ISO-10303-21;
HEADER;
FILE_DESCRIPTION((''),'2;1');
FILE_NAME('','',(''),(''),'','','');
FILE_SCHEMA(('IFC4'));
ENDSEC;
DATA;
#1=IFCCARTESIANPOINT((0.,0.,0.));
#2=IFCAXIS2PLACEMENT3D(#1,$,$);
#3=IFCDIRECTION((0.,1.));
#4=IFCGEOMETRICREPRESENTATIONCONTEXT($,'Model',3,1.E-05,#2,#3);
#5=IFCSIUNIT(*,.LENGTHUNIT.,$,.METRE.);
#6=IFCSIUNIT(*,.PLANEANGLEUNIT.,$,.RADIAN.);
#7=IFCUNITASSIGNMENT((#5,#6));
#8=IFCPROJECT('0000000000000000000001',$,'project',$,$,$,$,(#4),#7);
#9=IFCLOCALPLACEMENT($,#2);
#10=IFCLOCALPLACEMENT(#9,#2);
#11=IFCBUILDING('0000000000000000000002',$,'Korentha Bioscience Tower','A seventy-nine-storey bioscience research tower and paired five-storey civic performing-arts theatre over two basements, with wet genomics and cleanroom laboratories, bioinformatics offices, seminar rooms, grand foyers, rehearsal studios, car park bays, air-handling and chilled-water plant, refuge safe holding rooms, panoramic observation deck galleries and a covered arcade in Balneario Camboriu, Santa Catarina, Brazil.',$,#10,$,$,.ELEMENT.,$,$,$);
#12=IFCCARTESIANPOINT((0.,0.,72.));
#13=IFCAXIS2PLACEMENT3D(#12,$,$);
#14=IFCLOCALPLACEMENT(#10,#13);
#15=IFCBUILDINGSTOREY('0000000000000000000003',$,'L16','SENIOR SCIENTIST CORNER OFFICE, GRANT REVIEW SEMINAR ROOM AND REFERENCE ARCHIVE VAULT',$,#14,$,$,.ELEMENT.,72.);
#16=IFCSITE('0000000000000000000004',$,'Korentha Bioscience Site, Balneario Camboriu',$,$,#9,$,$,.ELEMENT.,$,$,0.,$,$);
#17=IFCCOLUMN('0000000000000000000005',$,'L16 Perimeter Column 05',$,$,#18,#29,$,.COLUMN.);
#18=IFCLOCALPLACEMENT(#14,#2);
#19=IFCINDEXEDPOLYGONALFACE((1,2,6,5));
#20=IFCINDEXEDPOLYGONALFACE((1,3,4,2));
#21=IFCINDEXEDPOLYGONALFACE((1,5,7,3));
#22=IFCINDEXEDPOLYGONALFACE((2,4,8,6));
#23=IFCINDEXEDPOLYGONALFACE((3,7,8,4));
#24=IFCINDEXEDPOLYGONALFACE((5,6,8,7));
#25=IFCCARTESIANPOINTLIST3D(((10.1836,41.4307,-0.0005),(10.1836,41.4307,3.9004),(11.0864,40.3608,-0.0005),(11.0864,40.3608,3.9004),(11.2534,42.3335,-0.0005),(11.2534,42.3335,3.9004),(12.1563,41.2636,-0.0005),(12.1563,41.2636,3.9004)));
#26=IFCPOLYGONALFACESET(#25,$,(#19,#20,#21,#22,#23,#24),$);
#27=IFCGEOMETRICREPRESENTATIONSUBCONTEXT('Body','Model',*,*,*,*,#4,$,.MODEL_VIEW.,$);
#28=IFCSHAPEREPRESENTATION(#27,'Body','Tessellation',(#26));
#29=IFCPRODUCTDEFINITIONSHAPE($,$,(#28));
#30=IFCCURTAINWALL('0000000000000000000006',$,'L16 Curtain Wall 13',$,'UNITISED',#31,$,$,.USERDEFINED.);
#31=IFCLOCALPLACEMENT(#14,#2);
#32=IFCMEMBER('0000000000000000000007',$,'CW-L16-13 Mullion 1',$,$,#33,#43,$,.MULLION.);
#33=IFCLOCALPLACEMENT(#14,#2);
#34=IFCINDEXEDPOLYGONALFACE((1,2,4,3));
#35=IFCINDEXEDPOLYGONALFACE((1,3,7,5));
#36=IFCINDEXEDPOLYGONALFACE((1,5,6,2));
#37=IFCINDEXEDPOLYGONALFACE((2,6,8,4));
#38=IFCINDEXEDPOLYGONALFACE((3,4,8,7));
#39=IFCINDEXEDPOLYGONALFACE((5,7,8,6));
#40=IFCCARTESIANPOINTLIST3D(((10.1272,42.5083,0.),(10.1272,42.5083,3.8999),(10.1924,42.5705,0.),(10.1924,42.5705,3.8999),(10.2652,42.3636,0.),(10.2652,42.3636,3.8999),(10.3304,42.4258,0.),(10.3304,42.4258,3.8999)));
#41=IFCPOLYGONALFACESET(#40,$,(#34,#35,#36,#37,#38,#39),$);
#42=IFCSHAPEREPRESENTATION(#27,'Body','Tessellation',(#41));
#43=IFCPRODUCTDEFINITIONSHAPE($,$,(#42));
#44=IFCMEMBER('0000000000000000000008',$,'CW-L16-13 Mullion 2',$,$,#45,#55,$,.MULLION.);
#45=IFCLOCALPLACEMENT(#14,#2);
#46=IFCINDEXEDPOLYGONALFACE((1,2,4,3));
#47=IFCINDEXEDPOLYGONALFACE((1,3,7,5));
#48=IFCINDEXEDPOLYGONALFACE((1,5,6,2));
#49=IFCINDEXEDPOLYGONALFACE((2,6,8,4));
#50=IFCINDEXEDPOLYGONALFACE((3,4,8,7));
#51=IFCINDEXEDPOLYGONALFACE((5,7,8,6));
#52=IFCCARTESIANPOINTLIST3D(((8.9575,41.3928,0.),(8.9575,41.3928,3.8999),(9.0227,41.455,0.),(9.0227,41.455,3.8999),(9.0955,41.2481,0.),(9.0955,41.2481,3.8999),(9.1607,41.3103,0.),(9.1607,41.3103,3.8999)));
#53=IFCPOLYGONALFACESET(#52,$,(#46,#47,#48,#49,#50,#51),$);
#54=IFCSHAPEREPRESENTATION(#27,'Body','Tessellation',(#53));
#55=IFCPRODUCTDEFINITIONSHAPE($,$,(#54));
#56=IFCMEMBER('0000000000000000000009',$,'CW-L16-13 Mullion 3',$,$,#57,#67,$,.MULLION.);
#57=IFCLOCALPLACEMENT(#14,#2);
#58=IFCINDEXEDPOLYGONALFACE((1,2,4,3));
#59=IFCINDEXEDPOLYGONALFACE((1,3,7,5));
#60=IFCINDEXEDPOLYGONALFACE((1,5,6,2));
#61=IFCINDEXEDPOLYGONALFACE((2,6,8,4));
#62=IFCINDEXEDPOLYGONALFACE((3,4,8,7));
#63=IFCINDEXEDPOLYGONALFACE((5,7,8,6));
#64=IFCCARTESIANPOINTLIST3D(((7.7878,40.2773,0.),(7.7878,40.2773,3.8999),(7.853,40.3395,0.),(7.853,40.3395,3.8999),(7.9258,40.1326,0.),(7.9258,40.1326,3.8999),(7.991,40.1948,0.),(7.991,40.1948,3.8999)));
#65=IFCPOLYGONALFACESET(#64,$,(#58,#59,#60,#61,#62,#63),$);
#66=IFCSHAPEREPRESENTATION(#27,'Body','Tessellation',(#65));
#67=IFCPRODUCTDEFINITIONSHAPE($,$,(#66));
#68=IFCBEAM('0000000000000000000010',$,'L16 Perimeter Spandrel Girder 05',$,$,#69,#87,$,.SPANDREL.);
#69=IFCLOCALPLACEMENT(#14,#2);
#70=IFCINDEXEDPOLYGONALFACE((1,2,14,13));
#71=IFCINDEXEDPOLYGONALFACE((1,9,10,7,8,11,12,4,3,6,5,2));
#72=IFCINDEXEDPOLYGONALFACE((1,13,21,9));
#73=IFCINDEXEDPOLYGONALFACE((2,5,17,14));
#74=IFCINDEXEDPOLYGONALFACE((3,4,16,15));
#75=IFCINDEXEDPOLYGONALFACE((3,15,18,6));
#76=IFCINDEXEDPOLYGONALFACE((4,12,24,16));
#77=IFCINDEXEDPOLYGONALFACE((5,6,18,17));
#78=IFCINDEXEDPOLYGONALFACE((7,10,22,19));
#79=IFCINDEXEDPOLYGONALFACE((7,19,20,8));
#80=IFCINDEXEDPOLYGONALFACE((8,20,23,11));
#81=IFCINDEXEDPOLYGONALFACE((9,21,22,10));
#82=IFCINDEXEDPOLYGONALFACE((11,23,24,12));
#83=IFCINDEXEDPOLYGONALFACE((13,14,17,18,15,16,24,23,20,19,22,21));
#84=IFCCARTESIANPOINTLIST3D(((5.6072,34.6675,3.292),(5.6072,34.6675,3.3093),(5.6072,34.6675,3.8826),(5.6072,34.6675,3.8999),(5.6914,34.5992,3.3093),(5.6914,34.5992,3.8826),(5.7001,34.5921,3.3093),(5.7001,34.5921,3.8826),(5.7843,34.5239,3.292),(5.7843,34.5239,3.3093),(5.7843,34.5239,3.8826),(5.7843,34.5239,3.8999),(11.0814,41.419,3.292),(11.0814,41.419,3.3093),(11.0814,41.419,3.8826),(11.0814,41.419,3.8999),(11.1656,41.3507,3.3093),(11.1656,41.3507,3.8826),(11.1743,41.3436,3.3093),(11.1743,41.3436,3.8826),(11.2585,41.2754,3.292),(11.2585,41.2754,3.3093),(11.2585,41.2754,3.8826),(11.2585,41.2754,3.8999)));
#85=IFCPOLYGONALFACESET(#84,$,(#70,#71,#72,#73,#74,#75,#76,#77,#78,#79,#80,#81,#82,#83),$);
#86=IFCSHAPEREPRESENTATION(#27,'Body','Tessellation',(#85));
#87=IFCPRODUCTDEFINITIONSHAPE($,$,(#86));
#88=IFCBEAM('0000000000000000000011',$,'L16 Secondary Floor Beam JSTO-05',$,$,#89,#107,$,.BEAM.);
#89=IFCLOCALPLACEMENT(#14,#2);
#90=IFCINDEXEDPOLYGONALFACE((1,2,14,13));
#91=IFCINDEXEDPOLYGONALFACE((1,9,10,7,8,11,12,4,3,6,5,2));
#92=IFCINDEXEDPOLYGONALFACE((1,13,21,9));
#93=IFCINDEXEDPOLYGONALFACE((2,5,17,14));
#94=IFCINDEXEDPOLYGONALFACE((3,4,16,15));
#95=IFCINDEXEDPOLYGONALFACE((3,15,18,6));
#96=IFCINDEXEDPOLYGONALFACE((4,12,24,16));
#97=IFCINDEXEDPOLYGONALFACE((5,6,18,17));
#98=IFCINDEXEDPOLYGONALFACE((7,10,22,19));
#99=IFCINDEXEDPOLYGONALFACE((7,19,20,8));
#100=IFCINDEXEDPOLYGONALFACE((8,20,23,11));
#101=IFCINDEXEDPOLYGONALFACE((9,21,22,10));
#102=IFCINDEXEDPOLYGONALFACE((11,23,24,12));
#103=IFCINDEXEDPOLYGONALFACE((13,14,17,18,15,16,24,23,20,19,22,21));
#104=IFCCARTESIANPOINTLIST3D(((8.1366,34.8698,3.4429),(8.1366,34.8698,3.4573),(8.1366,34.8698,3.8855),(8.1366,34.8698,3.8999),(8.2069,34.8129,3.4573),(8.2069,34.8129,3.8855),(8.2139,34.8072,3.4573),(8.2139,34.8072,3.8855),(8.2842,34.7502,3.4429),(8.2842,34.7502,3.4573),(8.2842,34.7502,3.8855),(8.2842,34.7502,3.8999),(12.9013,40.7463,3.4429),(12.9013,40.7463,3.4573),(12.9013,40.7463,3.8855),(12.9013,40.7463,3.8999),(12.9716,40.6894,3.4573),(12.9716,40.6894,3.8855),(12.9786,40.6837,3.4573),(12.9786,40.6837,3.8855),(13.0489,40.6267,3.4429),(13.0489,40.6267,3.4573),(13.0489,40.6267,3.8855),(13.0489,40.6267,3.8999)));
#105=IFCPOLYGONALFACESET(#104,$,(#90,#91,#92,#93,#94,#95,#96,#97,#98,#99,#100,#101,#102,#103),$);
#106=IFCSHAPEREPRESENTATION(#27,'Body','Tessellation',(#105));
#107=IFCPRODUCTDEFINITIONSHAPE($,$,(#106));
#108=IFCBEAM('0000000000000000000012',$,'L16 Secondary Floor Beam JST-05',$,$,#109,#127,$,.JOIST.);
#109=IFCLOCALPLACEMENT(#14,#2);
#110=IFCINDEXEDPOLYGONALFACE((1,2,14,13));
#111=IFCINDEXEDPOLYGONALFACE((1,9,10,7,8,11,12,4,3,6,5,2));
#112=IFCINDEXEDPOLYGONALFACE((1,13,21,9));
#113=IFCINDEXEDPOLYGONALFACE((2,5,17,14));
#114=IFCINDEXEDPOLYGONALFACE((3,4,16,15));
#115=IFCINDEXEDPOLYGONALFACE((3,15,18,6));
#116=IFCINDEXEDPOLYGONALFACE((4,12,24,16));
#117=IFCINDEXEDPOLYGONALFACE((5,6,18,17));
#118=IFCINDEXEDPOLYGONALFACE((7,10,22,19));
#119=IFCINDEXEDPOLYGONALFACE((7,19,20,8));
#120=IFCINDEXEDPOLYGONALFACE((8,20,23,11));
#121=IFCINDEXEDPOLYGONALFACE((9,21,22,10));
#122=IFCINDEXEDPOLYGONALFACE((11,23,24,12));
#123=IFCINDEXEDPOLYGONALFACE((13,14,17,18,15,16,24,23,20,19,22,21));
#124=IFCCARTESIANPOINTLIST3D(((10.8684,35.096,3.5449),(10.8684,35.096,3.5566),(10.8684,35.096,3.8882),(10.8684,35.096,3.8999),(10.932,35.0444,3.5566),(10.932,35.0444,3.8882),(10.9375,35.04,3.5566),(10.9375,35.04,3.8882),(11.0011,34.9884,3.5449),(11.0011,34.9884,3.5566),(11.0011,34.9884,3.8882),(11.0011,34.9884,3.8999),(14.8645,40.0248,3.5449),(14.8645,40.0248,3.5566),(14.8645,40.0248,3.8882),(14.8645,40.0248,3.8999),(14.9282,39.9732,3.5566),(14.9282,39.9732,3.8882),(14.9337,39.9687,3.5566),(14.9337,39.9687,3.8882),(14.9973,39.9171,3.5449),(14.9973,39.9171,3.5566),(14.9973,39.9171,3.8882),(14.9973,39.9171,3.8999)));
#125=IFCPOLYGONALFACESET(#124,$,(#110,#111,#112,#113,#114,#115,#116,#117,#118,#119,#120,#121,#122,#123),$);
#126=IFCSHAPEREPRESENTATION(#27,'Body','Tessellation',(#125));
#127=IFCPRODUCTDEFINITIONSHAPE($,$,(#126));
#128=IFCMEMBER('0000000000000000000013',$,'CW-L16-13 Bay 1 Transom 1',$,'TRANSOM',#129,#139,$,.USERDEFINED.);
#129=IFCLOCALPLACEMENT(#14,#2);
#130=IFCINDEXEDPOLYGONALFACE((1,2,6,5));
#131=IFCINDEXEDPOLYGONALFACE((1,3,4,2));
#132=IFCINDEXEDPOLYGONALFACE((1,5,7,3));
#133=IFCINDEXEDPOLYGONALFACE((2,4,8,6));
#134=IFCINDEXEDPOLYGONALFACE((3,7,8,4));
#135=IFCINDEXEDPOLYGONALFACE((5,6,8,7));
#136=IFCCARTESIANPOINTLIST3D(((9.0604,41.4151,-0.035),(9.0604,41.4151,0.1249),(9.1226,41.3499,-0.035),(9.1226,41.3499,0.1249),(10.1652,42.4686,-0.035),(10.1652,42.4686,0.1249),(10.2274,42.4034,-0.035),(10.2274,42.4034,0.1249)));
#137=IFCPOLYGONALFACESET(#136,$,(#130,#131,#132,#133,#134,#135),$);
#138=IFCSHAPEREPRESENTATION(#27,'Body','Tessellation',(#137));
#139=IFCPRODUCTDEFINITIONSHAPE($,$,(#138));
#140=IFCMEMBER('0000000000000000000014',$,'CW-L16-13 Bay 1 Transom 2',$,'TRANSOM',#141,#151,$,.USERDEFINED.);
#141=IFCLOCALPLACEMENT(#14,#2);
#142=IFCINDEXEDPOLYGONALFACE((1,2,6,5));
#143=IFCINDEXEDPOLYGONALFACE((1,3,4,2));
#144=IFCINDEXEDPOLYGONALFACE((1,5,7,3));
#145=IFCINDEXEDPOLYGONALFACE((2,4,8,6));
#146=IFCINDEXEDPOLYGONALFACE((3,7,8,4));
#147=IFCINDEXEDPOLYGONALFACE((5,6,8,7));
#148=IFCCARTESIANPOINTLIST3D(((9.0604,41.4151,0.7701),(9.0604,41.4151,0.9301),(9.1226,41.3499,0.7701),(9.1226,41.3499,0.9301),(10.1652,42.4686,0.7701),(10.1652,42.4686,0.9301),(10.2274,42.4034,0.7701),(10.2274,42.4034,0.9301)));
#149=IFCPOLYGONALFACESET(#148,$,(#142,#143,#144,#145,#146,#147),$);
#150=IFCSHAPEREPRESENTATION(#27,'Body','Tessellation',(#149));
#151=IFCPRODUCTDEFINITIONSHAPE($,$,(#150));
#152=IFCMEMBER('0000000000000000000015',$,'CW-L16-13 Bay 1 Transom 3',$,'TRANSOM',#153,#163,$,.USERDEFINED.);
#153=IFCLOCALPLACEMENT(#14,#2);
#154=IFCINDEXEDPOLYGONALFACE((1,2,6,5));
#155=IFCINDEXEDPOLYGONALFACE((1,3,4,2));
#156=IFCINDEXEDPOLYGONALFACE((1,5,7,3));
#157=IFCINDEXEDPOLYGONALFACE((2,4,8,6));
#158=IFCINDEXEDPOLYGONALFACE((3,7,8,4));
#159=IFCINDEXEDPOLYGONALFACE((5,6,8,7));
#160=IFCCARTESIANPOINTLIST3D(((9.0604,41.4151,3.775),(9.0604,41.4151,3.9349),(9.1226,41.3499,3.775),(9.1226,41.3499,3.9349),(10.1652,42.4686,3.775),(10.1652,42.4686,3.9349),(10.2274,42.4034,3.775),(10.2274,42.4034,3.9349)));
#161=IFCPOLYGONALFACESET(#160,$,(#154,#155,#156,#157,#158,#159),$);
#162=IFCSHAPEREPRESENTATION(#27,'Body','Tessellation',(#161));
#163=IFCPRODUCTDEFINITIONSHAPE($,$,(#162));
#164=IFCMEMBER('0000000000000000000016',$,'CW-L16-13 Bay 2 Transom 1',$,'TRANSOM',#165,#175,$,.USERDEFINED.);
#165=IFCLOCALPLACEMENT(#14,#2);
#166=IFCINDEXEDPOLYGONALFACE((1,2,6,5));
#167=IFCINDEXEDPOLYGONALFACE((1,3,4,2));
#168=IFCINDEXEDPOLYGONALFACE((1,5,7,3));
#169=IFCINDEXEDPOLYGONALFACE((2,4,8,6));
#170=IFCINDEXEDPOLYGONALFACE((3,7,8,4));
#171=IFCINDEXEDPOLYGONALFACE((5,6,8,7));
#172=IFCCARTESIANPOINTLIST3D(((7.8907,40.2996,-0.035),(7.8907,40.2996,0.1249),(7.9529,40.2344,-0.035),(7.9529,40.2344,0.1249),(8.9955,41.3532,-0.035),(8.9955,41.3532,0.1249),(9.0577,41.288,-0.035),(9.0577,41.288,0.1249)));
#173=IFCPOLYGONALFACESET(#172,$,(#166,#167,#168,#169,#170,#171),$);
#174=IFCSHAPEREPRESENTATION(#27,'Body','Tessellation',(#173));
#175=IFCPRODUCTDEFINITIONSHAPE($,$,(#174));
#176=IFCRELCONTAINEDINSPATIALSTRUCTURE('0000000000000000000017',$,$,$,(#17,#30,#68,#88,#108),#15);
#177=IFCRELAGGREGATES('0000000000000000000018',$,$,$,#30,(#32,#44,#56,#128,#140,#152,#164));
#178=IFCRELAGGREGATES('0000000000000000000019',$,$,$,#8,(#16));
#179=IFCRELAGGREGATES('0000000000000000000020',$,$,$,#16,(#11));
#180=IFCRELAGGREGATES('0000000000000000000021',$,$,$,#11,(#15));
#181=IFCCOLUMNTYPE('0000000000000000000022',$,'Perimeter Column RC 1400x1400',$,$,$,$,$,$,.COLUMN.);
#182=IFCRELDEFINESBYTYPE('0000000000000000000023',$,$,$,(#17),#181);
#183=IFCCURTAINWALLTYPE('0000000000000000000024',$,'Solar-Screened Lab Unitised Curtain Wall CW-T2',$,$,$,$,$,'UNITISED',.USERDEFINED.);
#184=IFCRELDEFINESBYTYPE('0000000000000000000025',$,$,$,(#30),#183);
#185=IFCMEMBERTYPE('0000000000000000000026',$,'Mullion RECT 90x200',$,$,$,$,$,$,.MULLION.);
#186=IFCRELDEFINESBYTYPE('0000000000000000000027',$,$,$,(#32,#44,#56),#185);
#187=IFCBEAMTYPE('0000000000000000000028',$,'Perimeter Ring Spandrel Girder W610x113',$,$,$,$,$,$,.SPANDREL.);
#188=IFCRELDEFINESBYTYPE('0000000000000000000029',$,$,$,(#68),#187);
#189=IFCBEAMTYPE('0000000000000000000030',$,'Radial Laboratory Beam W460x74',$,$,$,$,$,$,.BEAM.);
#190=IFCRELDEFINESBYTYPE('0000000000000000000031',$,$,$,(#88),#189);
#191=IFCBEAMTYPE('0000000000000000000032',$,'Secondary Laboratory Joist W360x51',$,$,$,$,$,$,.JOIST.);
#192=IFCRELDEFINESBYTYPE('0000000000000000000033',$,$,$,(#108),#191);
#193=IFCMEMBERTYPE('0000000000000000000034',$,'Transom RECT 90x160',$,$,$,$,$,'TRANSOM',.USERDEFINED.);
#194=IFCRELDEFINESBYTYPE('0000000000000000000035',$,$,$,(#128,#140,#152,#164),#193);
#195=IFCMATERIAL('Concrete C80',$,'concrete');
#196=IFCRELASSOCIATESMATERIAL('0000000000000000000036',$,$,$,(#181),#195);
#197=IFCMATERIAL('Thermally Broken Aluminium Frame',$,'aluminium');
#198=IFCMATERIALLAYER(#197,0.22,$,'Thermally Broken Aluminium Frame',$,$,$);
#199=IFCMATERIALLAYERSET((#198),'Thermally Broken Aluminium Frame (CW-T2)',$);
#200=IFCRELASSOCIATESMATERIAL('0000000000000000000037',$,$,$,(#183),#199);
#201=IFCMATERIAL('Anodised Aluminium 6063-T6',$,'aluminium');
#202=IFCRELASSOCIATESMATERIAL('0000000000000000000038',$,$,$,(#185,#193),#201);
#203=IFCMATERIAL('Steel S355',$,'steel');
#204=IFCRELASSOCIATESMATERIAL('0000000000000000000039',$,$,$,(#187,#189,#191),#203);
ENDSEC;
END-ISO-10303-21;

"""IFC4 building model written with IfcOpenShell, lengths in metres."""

from ifc_helpers import new_model, si_unit, direction, frame, origin, origin_2d, place, context, subcontext, project, spatial, rectangle, i_section, extrude, material, layer, layer_set, material_profile, profile_set, type_object, element, aggregate, save


model = new_model("IFC4")

# Units and contexts
model_context = context("Model", 3, precision=1e-05, world=origin(), true_north=direction((0.0, 1.0)))
body_context = subcontext(model_context, "Body", "Model", "MODEL_VIEW")
ifc_project = project(units=[si_unit("LENGTHUNIT", "METRE"), si_unit("PLANEANGLEUNIT", "RADIAN")], contexts=[model_context])

# Site, building, storey
site_placement = place(None, origin())
site = spatial("IfcSite", under=ifc_project, at=site_placement, Name="Korentha Bioscience Site, Balneario Camboriu", CompositionType="ELEMENT", RefElevation=0.0)
building_placement = place(site_placement, origin())
building = spatial("IfcBuilding", under=site, at=building_placement, Name="Korentha Bioscience Tower", Description="A seventy-nine-storey bioscience research tower and paired five-storey civic performing-arts theatre over two basements, with wet genomics and cleanroom laboratories, bioinformatics offices, seminar rooms, grand foyers, rehearsal studios, car park bays, air-handling and chilled-water plant, refuge safe holding rooms, panoramic observation deck galleries and a covered arcade in Balneario Camboriu, Santa Catarina, Brazil.", CompositionType="ELEMENT")
storey_placement = place(building_placement, frame((0.0, 0.0, 72.0)))
storey = spatial("IfcBuildingStorey", under=building, at=storey_placement, Name="L16", Description="SENIOR SCIENTIST CORNER OFFICE, GRANT REVIEW SEMINAR ROOM AND REFERENCE ARCHIVE VAULT", CompositionType="ELEMENT", Elevation=72.0)

# Column
ifc_material_1 = material(Name="Concrete C80", Category="concrete")
ifc_material_profile_1 = material_profile(ifc_material_1, rectangle(XDim=1.3999, YDim=1.3999, at=origin_2d()), Name="Concrete C80")
ifc_profile_set_1 = profile_set([ifc_material_profile_1], Name="Concrete C80 (COL-P14)")
column_type = type_object("IfcColumnType", Name="Perimeter Column RC 1400x1400", PredefinedType="COLUMN", material=ifc_profile_set_1)
column_placement = place(storey_placement, frame((11.1699, 41.3472, -0.0005), z_axis=(0.0, 0.0, 1.0), x_axis=(0.764246, 0.644924, 0.0)))
element("IfcColumn", 1, at=column_placement, inside=storey, type_object=column_type, Name="L16 Perimeter Column 05", PredefinedType="COLUMN", context=body_context, shape_type="SweptSolid", body=[
    extrude(rectangle(XDim=1.3999, YDim=1.3999, at=origin_2d()), origin(), (0.0, 0.0, 1.0), 3.9009),
])

# Curtain wall, members
ifc_material_2 = material(Name="Thermally Broken Aluminium Frame", Category="aluminium")
ifc_layer_1 = layer(ifc_material_2, 0.22, Name="Thermally Broken Aluminium Frame")
ifc_layer_set_1 = layer_set([ifc_layer_1], Name="Thermally Broken Aluminium Frame (CW-T2)")
curtain_wall_type = type_object("IfcCurtainWallType", Name="Solar-Screened Lab Unitised Curtain Wall CW-T2", ElementType="UNITISED", PredefinedType="USERDEFINED", material=ifc_layer_set_1)
curtain_wall_placement = place(storey_placement, origin())
curtain_wall = element("IfcCurtainWall", 2, at=curtain_wall_placement, inside=storey, type_object=curtain_wall_type, Name="L16 Curtain Wall 13", ObjectType="UNITISED", PredefinedType="USERDEFINED")
ifc_material_3 = material(Name="Anodised Aluminium 6063-T6", Category="aluminium")
ifc_material_profile_2 = material_profile(ifc_material_3, rectangle(XDim=0.0901, YDim=0.2, at=origin_2d()), Name="Anodised Aluminium 6063-T6")
ifc_profile_set_2 = profile_set([ifc_material_profile_2], Name="Anodised Aluminium 6063-T6 (CW-MUL)")
member_type_1 = type_object("IfcMemberType", Name="Mullion RECT 90x200", PredefinedType="MULLION", material=ifc_profile_set_2)
member_1_placement = place(storey_placement, frame((10.2288, 42.467, 0.0), z_axis=(0.0, 0.0, 1.0), x_axis=(-0.723642, -0.690176, 0.0)))
member_1 = element("IfcMember", 3, at=member_1_placement, type_object=member_type_1, Name="CW-L16-13 Mullion 1", PredefinedType="MULLION", context=body_context, shape_type="SweptSolid", body=[
    extrude(rectangle(XDim=0.0901, YDim=0.2, at=origin_2d()), origin(), (0.0, 0.0, 1.0), 3.8999),
])
member_2_placement = place(storey_placement, frame((9.0591, 41.3516, 0.0), z_axis=(0.0, 0.0, 1.0), x_axis=(-0.723642, -0.690176, 0.0)))
member_2 = element("IfcMember", 4, at=member_2_placement, type_object=member_type_1, Name="CW-L16-13 Mullion 2", PredefinedType="MULLION", context=body_context, shape_type="SweptSolid", body=[
    extrude(rectangle(XDim=0.0901, YDim=0.2, at=origin_2d()), origin(), (0.0, 0.0, 1.0), 3.8999),
])
member_3_placement = place(storey_placement, frame((7.8894, 40.2361, 0.0), z_axis=(0.0, 0.0, 1.0), x_axis=(-0.723642, -0.690176, 0.0)))
member_3 = element("IfcMember", 5, at=member_3_placement, type_object=member_type_1, Name="CW-L16-13 Mullion 3", PredefinedType="MULLION", context=body_context, shape_type="SweptSolid", body=[
    extrude(rectangle(XDim=0.0901, YDim=0.2, at=origin_2d()), origin(), (0.0, 0.0, 1.0), 3.8999),
])

# Beams
ifc_material_4 = material(Name="Steel S355", Category="steel")
ifc_material_profile_3 = material_profile(ifc_material_4, i_section(OverallWidth=0.228, OverallDepth=0.6079, WebThickness=0.0112, FlangeThickness=0.0173, at=origin_2d()), Name="Steel S355")
ifc_profile_set_3 = profile_set([ifc_material_profile_3], Name="Steel S355 (SB-610)")
beam_type_1 = type_object("IfcBeamType", Name="Perimeter Ring Spandrel Girder W610x113", PredefinedType="SPANDREL", material=ifc_profile_set_3)
beam_1_placement = place(storey_placement, frame((11.1699, 41.3472, 3.5959), z_axis=(-0.629799, -0.776758, 0.0), x_axis=(0.776758, -0.629799, 0.0)))
element("IfcBeam", 6, at=beam_1_placement, inside=storey, type_object=beam_type_1, Name="L16 Perimeter Spandrel Girder 05", PredefinedType="SPANDREL", context=body_context, shape_type="SweptSolid", body=[
    extrude(i_section(OverallWidth=0.228, OverallDepth=0.6079, WebThickness=0.0112, FlangeThickness=0.0173, at=origin_2d()), origin(), (0.0, 0.0, 1.0), 8.6919),
])
ifc_material_profile_4 = material_profile(ifc_material_4, i_section(OverallWidth=0.1899, OverallDepth=0.457, WebThickness=0.009, FlangeThickness=0.0144, at=origin_2d()), Name="Steel S355")
ifc_profile_set_4 = profile_set([ifc_material_profile_4], Name="Steel S355 (RB-460)")
beam_type_2 = type_object("IfcBeamType", Name="Radial Laboratory Beam W460x74", PredefinedType="BEAM", material=ifc_profile_set_4)
beam_2_placement = place(storey_placement, frame((12.9751, 40.6865, 3.6714), z_axis=(-0.629798, -0.776759, 0.0), x_axis=(0.776759, -0.629798, 0.0)))
element("IfcBeam", 7, at=beam_2_placement, inside=storey, type_object=beam_type_2, Name="L16 Secondary Floor Beam JSTO-05", PredefinedType="BEAM", context=body_context, shape_type="SweptSolid", body=[
    extrude(i_section(OverallWidth=0.1899, OverallDepth=0.457, WebThickness=0.009, FlangeThickness=0.0144, at=origin_2d()), origin(), (0.0, 0.0, 1.0), 7.5654),
])
ifc_material_profile_5 = material_profile(ifc_material_4, i_section(OverallWidth=0.1709, OverallDepth=0.355, WebThickness=0.0071, FlangeThickness=0.0117, at=origin_2d()), Name="Steel S355")
ifc_profile_set_5 = profile_set([ifc_material_profile_5], Name="Steel S355 (JB-360)")
beam_type_3 = type_object("IfcBeamType", Name="Secondary Laboratory Joist W360x51", PredefinedType="JOIST", material=ifc_profile_set_5)
beam_3_placement = place(storey_placement, frame((14.9309, 39.9709, 3.7224), z_axis=(-0.629787, -0.776768, 0.0), x_axis=(0.776768, -0.629787, 0.0)))
element("IfcBeam", 8, at=beam_3_placement, inside=storey, type_object=beam_type_3, Name="L16 Secondary Floor Beam JST-05", PredefinedType="JOIST", context=body_context, shape_type="SweptSolid", body=[
    extrude(i_section(OverallWidth=0.1709, OverallDepth=0.355, WebThickness=0.0071, FlangeThickness=0.0117, at=origin_2d()), origin(), (0.0, 0.0, 1.0), 6.3452),
])

# Members
ifc_material_profile_6 = material_profile(ifc_material_3, rectangle(XDim=0.0901, YDim=0.1599, at=origin_2d()), Name="Anodised Aluminium 6063-T6")
ifc_profile_set_6 = profile_set([ifc_material_profile_6], Name="Anodised Aluminium 6063-T6 (CW-TRN)")
member_type_2 = type_object("IfcMemberType", Name="Transom RECT 90x160", ElementType="TRANSOM", PredefinedType="USERDEFINED", material=ifc_profile_set_6)
member_4_placement = place(storey_placement, frame((10.1963, 42.436, 0.0449), z_axis=(-0.7237, -0.690114, 0.0), x_axis=(0.690114, -0.7237, 0.0)))
member_4 = element("IfcMember", 9, at=member_4_placement, type_object=member_type_2, Name="CW-L16-13 Bay 1 Transom 1", ObjectType="TRANSOM", PredefinedType="USERDEFINED", context=body_context, shape_type="SweptSolid", body=[
    extrude(rectangle(XDim=0.0901, YDim=0.1599, at=origin_2d()), origin(), (0.0, 0.0, 1.0), 1.5266),
])
member_5_placement = place(storey_placement, frame((10.1963, 42.436, 0.8501), z_axis=(-0.7237, -0.690114, 0.0), x_axis=(0.690114, -0.7237, 0.0)))
member_5 = element("IfcMember", 10, at=member_5_placement, type_object=member_type_2, Name="CW-L16-13 Bay 1 Transom 2", ObjectType="TRANSOM", PredefinedType="USERDEFINED", context=body_context, shape_type="SweptSolid", body=[
    extrude(rectangle(XDim=0.0901, YDim=0.1599, at=origin_2d()), origin(), (0.0, 0.0, 1.0), 1.5266),
])
member_6_placement = place(storey_placement, frame((10.1963, 42.436, 3.855), z_axis=(-0.7237, -0.690114, 0.0), x_axis=(0.690114, -0.7237, 0.0)))
member_6 = element("IfcMember", 11, at=member_6_placement, type_object=member_type_2, Name="CW-L16-13 Bay 1 Transom 3", ObjectType="TRANSOM", PredefinedType="USERDEFINED", context=body_context, shape_type="SweptSolid", body=[
    extrude(rectangle(XDim=0.0901, YDim=0.1599, at=origin_2d()), origin(), (0.0, 0.0, 1.0), 1.5266),
])
member_7_placement = place(storey_placement, frame((9.0266, 41.3206, 0.0449), z_axis=(-0.7237, -0.690114, 0.0), x_axis=(0.690114, -0.7237, 0.0)))
member_7 = element("IfcMember", 12, at=member_7_placement, type_object=member_type_2, Name="CW-L16-13 Bay 2 Transom 1", ObjectType="TRANSOM", PredefinedType="USERDEFINED", context=body_context, shape_type="SweptSolid", body=[
    extrude(rectangle(XDim=0.0901, YDim=0.1599, at=origin_2d()), origin(), (0.0, 0.0, 1.0), 1.5266),
])

aggregate(curtain_wall, [member_1, member_2, member_3, member_4, member_5, member_6, member_7])

save(model, "model.ifc")
